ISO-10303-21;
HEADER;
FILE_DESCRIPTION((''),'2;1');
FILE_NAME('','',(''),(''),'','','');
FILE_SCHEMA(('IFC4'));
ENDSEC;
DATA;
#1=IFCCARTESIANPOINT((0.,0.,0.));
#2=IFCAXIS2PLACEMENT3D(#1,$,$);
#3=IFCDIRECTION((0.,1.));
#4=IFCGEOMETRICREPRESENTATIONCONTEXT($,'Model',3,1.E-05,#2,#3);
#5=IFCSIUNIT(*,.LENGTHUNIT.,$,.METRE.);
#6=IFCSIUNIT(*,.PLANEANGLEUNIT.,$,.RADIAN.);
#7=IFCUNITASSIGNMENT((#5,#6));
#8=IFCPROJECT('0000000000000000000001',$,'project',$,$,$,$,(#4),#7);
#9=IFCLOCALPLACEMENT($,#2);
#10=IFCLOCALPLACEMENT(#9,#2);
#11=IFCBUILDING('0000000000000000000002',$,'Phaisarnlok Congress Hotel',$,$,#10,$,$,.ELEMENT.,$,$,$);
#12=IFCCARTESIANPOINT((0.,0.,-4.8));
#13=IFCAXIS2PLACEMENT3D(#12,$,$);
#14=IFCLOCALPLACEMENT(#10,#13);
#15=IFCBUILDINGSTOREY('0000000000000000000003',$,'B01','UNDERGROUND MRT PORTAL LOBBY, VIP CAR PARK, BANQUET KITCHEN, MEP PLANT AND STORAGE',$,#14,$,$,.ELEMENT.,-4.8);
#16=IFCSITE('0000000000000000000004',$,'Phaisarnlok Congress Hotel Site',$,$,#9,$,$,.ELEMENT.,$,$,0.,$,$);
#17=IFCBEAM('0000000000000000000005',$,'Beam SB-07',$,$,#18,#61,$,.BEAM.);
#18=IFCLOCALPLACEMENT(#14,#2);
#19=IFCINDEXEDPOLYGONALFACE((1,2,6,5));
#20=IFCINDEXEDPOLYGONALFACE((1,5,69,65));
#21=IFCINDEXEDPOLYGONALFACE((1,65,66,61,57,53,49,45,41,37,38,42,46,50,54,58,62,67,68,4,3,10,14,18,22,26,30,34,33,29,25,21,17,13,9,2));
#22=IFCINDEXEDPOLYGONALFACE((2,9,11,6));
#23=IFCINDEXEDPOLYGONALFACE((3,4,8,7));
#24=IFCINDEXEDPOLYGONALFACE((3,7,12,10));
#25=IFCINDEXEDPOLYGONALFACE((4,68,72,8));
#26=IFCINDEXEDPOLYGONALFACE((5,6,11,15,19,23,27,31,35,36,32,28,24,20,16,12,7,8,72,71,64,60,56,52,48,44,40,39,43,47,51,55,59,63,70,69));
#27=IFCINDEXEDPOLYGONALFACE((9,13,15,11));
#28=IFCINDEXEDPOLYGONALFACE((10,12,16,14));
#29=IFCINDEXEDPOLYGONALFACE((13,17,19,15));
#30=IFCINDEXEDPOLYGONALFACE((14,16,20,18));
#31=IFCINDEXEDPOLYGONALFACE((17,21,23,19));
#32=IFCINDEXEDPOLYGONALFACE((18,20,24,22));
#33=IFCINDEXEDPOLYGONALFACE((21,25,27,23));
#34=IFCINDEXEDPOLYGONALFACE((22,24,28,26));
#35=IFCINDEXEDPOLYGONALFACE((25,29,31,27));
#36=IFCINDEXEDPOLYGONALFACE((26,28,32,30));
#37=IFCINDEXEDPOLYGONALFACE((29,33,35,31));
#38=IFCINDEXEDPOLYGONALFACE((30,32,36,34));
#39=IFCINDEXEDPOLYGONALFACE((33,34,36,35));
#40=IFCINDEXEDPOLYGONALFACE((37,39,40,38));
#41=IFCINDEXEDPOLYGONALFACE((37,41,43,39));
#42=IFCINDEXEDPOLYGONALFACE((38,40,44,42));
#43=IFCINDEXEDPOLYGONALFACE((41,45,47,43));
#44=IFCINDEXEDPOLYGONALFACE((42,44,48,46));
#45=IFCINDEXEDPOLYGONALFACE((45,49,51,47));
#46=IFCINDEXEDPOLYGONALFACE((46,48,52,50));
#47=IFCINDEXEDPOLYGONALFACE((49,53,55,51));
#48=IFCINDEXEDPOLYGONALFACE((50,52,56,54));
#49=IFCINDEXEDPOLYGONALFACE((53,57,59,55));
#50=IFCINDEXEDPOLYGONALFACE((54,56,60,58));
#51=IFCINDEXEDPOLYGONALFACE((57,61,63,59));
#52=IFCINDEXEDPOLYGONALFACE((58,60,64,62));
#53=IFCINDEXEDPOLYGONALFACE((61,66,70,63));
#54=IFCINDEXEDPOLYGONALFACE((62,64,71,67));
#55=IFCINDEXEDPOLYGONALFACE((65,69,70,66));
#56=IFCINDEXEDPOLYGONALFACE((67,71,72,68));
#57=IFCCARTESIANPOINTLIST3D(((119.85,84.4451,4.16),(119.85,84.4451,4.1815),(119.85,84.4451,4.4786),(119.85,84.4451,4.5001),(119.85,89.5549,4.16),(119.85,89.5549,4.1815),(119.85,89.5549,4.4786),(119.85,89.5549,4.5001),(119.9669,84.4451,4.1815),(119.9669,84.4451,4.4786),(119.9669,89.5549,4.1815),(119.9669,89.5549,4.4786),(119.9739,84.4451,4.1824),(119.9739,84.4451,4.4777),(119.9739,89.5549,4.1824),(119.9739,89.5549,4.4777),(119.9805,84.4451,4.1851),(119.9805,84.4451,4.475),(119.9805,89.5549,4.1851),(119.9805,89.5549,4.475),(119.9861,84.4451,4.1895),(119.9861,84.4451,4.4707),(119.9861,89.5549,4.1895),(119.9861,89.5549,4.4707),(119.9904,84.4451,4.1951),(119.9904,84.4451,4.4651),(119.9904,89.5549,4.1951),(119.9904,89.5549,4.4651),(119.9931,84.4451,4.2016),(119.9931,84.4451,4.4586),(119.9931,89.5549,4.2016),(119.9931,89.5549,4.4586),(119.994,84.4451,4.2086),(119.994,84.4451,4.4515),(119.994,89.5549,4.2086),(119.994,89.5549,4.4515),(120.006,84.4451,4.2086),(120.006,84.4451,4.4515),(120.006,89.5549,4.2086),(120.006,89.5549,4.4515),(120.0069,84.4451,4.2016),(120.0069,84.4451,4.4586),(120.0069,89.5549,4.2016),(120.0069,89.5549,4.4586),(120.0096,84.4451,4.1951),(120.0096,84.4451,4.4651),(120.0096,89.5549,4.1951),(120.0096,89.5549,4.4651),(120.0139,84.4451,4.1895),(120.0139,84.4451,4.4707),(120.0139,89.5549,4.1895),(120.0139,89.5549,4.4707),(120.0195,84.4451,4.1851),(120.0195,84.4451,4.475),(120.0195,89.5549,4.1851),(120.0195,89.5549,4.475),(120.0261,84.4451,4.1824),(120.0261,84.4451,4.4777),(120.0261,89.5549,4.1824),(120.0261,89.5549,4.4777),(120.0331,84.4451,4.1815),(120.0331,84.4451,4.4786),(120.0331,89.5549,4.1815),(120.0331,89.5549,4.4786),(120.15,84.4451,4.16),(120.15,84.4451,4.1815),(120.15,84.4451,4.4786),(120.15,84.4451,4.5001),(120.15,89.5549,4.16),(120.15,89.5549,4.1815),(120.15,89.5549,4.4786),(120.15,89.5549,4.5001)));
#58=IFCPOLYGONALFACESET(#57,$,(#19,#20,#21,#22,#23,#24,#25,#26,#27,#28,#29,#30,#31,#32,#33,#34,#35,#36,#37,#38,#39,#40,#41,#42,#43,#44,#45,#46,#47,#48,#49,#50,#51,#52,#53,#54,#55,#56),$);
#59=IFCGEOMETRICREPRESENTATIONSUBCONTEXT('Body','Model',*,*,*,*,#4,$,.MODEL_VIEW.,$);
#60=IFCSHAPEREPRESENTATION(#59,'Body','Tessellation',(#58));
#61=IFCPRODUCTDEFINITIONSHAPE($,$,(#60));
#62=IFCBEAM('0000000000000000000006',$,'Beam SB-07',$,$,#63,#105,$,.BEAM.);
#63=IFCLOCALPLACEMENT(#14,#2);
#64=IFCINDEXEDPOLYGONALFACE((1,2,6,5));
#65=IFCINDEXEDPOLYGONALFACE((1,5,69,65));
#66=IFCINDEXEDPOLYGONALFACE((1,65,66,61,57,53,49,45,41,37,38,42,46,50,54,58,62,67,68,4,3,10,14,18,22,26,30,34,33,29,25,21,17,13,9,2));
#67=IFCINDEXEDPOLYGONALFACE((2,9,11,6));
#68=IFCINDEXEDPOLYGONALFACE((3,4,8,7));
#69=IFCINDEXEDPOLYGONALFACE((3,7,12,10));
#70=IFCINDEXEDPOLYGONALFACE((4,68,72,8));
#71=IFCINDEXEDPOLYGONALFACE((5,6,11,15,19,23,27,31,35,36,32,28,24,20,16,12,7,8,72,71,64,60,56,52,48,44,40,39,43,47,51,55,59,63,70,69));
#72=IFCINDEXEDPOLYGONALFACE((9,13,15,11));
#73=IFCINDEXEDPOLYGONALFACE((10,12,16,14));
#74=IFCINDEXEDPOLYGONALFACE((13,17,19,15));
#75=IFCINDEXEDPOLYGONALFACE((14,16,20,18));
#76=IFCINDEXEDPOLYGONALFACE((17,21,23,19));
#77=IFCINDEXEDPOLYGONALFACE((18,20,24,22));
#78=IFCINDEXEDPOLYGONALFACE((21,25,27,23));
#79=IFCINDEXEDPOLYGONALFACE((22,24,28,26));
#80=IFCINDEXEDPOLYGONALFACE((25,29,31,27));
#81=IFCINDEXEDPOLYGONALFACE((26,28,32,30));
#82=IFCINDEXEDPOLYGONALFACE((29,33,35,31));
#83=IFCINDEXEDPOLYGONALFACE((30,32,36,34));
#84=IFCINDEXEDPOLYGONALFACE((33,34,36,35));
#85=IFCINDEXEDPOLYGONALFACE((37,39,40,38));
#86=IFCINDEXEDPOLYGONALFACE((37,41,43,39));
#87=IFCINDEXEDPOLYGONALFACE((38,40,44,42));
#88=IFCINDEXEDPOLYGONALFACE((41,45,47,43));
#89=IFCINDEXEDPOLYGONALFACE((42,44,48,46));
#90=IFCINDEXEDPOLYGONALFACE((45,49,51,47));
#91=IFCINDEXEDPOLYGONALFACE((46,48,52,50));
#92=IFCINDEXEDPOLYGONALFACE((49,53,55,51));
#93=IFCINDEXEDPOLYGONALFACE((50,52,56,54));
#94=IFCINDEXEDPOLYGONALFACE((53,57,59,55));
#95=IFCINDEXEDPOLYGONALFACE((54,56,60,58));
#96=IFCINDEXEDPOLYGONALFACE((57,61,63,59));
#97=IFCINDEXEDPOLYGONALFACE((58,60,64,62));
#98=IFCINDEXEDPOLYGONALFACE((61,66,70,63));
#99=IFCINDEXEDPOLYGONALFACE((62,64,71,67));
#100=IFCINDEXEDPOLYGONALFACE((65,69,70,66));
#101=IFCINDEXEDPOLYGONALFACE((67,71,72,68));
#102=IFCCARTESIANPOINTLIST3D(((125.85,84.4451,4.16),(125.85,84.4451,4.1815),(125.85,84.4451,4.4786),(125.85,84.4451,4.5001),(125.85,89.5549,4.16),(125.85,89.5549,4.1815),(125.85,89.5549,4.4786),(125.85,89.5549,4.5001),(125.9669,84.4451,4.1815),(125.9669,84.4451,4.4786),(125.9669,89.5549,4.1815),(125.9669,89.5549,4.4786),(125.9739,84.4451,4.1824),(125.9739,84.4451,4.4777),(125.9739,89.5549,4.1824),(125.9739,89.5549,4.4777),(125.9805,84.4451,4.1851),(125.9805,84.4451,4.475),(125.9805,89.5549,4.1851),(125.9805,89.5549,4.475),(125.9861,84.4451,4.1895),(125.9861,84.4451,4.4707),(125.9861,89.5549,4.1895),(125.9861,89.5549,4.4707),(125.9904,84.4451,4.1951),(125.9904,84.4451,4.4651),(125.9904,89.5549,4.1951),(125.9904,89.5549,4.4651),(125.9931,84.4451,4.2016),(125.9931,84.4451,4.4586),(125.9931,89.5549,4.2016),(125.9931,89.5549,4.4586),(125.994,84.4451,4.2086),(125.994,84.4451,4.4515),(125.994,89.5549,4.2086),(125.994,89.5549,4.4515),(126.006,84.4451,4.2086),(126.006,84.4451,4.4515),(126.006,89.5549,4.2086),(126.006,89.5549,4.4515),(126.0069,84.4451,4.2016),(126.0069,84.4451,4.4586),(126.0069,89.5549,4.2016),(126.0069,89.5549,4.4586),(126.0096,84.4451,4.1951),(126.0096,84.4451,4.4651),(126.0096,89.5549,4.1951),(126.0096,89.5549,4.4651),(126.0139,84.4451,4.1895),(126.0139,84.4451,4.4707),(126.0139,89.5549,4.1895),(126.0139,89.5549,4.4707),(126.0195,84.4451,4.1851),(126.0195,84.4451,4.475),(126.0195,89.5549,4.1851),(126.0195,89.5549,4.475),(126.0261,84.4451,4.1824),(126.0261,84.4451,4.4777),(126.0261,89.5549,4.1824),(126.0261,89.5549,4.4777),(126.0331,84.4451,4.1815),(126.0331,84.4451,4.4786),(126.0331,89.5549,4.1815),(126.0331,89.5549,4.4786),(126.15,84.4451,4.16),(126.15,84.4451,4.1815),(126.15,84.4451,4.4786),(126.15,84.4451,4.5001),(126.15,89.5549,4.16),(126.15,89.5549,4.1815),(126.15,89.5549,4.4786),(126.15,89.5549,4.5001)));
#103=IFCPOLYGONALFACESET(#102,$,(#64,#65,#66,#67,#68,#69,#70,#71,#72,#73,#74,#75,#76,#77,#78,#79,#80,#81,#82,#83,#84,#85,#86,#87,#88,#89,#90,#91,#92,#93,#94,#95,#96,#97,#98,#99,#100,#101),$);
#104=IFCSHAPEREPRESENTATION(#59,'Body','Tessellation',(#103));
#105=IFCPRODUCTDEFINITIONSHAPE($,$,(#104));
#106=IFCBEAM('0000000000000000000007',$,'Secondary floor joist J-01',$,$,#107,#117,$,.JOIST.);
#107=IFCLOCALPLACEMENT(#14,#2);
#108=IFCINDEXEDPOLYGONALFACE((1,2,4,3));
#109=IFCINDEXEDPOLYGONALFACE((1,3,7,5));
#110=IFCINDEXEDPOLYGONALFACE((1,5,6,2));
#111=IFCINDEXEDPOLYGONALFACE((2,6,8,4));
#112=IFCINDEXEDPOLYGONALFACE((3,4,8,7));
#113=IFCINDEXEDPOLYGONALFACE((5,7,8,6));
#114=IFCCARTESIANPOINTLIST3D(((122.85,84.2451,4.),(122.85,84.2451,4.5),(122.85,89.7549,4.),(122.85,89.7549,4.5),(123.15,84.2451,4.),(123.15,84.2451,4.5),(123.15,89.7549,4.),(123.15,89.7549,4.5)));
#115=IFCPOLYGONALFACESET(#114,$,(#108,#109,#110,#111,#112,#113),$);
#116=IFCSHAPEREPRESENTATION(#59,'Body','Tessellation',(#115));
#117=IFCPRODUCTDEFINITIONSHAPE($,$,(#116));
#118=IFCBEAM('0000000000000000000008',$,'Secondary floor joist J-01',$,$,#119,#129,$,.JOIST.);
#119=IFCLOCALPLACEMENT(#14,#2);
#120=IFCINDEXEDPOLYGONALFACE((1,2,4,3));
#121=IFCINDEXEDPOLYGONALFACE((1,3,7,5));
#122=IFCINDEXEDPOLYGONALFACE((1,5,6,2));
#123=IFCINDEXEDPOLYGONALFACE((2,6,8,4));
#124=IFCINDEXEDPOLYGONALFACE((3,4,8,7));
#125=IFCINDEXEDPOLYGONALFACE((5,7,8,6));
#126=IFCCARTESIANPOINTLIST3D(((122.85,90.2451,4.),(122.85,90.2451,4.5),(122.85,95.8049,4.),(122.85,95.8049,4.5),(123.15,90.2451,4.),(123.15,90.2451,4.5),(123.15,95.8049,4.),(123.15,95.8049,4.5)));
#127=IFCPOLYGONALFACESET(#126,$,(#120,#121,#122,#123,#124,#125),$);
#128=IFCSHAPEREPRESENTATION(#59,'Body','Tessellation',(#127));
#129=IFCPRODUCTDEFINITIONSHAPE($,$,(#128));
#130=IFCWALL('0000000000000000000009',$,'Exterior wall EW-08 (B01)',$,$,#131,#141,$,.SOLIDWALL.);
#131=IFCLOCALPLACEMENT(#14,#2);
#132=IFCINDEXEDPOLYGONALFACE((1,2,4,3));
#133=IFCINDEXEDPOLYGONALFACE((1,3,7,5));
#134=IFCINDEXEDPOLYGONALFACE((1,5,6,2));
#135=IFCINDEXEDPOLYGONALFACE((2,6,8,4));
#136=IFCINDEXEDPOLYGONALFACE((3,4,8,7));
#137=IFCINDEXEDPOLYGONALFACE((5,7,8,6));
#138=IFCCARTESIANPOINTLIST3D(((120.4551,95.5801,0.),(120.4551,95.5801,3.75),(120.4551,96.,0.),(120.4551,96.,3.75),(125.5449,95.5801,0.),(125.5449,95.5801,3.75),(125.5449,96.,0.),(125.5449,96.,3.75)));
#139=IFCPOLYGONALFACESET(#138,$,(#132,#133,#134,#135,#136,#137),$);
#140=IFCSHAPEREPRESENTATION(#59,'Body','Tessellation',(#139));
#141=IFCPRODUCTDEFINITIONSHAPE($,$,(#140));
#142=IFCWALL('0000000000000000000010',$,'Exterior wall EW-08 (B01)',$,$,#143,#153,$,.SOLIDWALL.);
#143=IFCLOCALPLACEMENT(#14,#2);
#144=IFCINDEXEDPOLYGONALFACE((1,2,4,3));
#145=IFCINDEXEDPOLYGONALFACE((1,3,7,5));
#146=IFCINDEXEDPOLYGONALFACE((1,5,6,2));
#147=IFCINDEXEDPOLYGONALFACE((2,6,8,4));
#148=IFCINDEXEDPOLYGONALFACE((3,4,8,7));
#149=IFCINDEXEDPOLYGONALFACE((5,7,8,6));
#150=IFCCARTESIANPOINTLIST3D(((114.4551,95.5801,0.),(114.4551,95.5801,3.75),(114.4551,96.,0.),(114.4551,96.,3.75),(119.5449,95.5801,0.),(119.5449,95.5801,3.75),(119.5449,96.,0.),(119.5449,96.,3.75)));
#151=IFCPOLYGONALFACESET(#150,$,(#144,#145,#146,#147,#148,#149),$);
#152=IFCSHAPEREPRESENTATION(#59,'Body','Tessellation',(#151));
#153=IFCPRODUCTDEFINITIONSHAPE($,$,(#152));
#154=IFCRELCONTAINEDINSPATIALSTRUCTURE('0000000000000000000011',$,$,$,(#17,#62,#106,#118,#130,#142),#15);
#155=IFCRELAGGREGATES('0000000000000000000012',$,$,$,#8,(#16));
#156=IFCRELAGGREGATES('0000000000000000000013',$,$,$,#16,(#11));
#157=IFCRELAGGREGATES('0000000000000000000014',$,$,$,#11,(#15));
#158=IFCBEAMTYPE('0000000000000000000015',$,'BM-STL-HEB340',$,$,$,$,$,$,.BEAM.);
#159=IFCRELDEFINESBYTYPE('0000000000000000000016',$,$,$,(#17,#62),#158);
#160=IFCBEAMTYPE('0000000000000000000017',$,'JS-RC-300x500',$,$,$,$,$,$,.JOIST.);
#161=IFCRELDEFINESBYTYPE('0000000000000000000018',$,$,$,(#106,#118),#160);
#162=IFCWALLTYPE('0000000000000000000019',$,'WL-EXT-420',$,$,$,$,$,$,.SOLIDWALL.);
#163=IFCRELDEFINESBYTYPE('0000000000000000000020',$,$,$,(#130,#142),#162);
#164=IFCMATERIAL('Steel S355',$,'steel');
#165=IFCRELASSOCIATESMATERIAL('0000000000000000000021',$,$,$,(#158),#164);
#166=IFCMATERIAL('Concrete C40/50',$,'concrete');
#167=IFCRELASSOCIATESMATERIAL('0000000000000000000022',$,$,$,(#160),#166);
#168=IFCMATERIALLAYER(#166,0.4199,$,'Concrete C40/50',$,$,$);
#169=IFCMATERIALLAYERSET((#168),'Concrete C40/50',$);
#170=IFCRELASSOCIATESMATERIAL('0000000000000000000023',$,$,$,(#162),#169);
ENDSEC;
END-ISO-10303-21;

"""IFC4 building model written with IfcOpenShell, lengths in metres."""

from ifc_helpers import new_model, si_unit, direction, frame, frame_2d, origin, origin_2d, place, context, subcontext, project, spatial, rectangle, i_section, extrude, material, layer, layer_set, material_profile, profile_set, type_object, element, save


model = new_model("IFC4")

# Units and contexts
model_context = context("Model", 3, precision=1e-05, world=origin(), true_north=direction((0.0, 1.0)))
body_context = subcontext(model_context, "Body", "Model", "MODEL_VIEW")
ifc_project = project(units=[si_unit("LENGTHUNIT", "METRE"), si_unit("PLANEANGLEUNIT", "RADIAN")], contexts=[model_context])

# Site, building, storey
site_placement = place(None, origin())
site = spatial("IfcSite", under=ifc_project, at=site_placement, Name="Phaisarnlok Congress Hotel Site", CompositionType="ELEMENT", RefElevation=0.0)
building_placement = place(site_placement, origin())
building = spatial("IfcBuilding", under=site, at=building_placement, Name="Phaisarnlok Congress Hotel", CompositionType="ELEMENT")
storey_placement = place(building_placement, frame((0.0, 0.0, -4.8)))
storey = spatial("IfcBuildingStorey", under=building, at=storey_placement, Name="B01", Description="UNDERGROUND MRT PORTAL LOBBY, VIP CAR PARK, BANQUET KITCHEN, MEP PLANT AND STORAGE", CompositionType="ELEMENT", Elevation=-4.8)

# Shared definitions
ifc_material_1 = material(Name="Concrete C40/50", Category="concrete")

# Beams
ifc_material_2 = material(Name="Steel S355", Category="steel")
ifc_material_profile_1 = material_profile(ifc_material_2, i_section(OverallWidth=0.3, OverallDepth=0.3401, WebThickness=0.012, FlangeThickness=0.0215, FilletRadius=0.0271, at=origin_2d()), Name="HEB 340")
ifc_profile_set_1 = profile_set([ifc_material_profile_1], Name="Steel S355")
beam_type_1 = type_object("IfcBeamType", Name="BM-STL-HEB340", PredefinedType="BEAM", material=ifc_profile_set_1)
for number, where, z_axis, x_axis, name in (
    (1, (120.0, 84.4451, 4.3301), (0.0, 1.0, 0.0), (-1.0, 0.0, 0.0), "Beam SB-07"),
    (2, (126.0, 84.4451, 4.3301), (0.0, 1.0, 0.0), (-1.0, 0.0, 0.0), "Beam SB-07"),
):
    element("IfcBeam", number, at=place(storey_placement, frame(where, z_axis=z_axis, x_axis=x_axis)), inside=storey, type_object=beam_type_1, Name=name, PredefinedType="BEAM", context=body_context, shape_type="SweptSolid", body=[
        extrude(i_section(OverallWidth=0.3, OverallDepth=0.3401, WebThickness=0.012, FlangeThickness=0.0215, FilletRadius=0.0271, at=origin_2d()), origin(), (0.0, 0.0, 1.0), 5.1099),
    ])
ifc_material_profile_2 = material_profile(ifc_material_1, rectangle(XDim=0.3, YDim=0.5, at=origin_2d()), Name="RC 300x500")
ifc_profile_set_2 = profile_set([ifc_material_profile_2], Name="Concrete C40/50")
beam_type_2 = type_object("IfcBeamType", Name="JS-RC-300x500", PredefinedType="JOIST", material=ifc_profile_set_2)
beam_1_placement = place(storey_placement, frame((123.0, 84.2451, 4.25), z_axis=(0.0, 1.0, 0.0), x_axis=(-1.0, 0.0, 0.0)))
element("IfcBeam", 3, at=beam_1_placement, inside=storey, type_object=beam_type_2, Name="Secondary floor joist J-01", PredefinedType="JOIST", context=body_context, shape_type="SweptSolid", body=[
    extrude(rectangle(XDim=0.3, YDim=0.5, at=origin_2d()), origin(), (0.0, 0.0, 1.0), 5.5098),
])
beam_2_placement = place(storey_placement, frame((123.0, 90.2451, 4.25), z_axis=(0.0, 1.0, 0.0), x_axis=(-1.0, 0.0, 0.0)))
element("IfcBeam", 4, at=beam_2_placement, inside=storey, type_object=beam_type_2, Name="Secondary floor joist J-01", PredefinedType="JOIST", context=body_context, shape_type="SweptSolid", body=[
    extrude(rectangle(XDim=0.3, YDim=0.5, at=origin_2d()), origin(), (0.0, 0.0, 1.0), 5.5598),
])

# Walls
ifc_layer = layer(ifc_material_1, 0.4199, Name="Concrete C40/50")
ifc_layer_set = layer_set([ifc_layer], Name="Concrete C40/50")
wall_type = type_object("IfcWallType", Name="WL-EXT-420", PredefinedType="SOLIDWALL", material=ifc_layer_set)
for number, where, z_axis, x_axis, name in (
    (5, (125.5449, 95.79, 0.0), (0.0, 0.0, 1.0), (-1.0, 0.0, 0.0), "Exterior wall EW-08 (B01)"),
    (6, (119.5449, 95.79, 0.0), (0.0, 0.0, 1.0), (-1.0, 0.0, 0.0), "Exterior wall EW-08 (B01)"),
):
    element("IfcWall", number, at=place(storey_placement, frame(where, z_axis=z_axis, x_axis=x_axis)), inside=storey, type_object=wall_type, Name=name, PredefinedType="SOLIDWALL", context=body_context, shape_type="SweptSolid", body=[
        extrude(rectangle(XDim=5.0898, YDim=0.4199, at=frame_2d((2.5449, 0.0))), origin(), (0.0, 0.0, 1.0), 3.75),
    ])

save(model, "model.ifc")
